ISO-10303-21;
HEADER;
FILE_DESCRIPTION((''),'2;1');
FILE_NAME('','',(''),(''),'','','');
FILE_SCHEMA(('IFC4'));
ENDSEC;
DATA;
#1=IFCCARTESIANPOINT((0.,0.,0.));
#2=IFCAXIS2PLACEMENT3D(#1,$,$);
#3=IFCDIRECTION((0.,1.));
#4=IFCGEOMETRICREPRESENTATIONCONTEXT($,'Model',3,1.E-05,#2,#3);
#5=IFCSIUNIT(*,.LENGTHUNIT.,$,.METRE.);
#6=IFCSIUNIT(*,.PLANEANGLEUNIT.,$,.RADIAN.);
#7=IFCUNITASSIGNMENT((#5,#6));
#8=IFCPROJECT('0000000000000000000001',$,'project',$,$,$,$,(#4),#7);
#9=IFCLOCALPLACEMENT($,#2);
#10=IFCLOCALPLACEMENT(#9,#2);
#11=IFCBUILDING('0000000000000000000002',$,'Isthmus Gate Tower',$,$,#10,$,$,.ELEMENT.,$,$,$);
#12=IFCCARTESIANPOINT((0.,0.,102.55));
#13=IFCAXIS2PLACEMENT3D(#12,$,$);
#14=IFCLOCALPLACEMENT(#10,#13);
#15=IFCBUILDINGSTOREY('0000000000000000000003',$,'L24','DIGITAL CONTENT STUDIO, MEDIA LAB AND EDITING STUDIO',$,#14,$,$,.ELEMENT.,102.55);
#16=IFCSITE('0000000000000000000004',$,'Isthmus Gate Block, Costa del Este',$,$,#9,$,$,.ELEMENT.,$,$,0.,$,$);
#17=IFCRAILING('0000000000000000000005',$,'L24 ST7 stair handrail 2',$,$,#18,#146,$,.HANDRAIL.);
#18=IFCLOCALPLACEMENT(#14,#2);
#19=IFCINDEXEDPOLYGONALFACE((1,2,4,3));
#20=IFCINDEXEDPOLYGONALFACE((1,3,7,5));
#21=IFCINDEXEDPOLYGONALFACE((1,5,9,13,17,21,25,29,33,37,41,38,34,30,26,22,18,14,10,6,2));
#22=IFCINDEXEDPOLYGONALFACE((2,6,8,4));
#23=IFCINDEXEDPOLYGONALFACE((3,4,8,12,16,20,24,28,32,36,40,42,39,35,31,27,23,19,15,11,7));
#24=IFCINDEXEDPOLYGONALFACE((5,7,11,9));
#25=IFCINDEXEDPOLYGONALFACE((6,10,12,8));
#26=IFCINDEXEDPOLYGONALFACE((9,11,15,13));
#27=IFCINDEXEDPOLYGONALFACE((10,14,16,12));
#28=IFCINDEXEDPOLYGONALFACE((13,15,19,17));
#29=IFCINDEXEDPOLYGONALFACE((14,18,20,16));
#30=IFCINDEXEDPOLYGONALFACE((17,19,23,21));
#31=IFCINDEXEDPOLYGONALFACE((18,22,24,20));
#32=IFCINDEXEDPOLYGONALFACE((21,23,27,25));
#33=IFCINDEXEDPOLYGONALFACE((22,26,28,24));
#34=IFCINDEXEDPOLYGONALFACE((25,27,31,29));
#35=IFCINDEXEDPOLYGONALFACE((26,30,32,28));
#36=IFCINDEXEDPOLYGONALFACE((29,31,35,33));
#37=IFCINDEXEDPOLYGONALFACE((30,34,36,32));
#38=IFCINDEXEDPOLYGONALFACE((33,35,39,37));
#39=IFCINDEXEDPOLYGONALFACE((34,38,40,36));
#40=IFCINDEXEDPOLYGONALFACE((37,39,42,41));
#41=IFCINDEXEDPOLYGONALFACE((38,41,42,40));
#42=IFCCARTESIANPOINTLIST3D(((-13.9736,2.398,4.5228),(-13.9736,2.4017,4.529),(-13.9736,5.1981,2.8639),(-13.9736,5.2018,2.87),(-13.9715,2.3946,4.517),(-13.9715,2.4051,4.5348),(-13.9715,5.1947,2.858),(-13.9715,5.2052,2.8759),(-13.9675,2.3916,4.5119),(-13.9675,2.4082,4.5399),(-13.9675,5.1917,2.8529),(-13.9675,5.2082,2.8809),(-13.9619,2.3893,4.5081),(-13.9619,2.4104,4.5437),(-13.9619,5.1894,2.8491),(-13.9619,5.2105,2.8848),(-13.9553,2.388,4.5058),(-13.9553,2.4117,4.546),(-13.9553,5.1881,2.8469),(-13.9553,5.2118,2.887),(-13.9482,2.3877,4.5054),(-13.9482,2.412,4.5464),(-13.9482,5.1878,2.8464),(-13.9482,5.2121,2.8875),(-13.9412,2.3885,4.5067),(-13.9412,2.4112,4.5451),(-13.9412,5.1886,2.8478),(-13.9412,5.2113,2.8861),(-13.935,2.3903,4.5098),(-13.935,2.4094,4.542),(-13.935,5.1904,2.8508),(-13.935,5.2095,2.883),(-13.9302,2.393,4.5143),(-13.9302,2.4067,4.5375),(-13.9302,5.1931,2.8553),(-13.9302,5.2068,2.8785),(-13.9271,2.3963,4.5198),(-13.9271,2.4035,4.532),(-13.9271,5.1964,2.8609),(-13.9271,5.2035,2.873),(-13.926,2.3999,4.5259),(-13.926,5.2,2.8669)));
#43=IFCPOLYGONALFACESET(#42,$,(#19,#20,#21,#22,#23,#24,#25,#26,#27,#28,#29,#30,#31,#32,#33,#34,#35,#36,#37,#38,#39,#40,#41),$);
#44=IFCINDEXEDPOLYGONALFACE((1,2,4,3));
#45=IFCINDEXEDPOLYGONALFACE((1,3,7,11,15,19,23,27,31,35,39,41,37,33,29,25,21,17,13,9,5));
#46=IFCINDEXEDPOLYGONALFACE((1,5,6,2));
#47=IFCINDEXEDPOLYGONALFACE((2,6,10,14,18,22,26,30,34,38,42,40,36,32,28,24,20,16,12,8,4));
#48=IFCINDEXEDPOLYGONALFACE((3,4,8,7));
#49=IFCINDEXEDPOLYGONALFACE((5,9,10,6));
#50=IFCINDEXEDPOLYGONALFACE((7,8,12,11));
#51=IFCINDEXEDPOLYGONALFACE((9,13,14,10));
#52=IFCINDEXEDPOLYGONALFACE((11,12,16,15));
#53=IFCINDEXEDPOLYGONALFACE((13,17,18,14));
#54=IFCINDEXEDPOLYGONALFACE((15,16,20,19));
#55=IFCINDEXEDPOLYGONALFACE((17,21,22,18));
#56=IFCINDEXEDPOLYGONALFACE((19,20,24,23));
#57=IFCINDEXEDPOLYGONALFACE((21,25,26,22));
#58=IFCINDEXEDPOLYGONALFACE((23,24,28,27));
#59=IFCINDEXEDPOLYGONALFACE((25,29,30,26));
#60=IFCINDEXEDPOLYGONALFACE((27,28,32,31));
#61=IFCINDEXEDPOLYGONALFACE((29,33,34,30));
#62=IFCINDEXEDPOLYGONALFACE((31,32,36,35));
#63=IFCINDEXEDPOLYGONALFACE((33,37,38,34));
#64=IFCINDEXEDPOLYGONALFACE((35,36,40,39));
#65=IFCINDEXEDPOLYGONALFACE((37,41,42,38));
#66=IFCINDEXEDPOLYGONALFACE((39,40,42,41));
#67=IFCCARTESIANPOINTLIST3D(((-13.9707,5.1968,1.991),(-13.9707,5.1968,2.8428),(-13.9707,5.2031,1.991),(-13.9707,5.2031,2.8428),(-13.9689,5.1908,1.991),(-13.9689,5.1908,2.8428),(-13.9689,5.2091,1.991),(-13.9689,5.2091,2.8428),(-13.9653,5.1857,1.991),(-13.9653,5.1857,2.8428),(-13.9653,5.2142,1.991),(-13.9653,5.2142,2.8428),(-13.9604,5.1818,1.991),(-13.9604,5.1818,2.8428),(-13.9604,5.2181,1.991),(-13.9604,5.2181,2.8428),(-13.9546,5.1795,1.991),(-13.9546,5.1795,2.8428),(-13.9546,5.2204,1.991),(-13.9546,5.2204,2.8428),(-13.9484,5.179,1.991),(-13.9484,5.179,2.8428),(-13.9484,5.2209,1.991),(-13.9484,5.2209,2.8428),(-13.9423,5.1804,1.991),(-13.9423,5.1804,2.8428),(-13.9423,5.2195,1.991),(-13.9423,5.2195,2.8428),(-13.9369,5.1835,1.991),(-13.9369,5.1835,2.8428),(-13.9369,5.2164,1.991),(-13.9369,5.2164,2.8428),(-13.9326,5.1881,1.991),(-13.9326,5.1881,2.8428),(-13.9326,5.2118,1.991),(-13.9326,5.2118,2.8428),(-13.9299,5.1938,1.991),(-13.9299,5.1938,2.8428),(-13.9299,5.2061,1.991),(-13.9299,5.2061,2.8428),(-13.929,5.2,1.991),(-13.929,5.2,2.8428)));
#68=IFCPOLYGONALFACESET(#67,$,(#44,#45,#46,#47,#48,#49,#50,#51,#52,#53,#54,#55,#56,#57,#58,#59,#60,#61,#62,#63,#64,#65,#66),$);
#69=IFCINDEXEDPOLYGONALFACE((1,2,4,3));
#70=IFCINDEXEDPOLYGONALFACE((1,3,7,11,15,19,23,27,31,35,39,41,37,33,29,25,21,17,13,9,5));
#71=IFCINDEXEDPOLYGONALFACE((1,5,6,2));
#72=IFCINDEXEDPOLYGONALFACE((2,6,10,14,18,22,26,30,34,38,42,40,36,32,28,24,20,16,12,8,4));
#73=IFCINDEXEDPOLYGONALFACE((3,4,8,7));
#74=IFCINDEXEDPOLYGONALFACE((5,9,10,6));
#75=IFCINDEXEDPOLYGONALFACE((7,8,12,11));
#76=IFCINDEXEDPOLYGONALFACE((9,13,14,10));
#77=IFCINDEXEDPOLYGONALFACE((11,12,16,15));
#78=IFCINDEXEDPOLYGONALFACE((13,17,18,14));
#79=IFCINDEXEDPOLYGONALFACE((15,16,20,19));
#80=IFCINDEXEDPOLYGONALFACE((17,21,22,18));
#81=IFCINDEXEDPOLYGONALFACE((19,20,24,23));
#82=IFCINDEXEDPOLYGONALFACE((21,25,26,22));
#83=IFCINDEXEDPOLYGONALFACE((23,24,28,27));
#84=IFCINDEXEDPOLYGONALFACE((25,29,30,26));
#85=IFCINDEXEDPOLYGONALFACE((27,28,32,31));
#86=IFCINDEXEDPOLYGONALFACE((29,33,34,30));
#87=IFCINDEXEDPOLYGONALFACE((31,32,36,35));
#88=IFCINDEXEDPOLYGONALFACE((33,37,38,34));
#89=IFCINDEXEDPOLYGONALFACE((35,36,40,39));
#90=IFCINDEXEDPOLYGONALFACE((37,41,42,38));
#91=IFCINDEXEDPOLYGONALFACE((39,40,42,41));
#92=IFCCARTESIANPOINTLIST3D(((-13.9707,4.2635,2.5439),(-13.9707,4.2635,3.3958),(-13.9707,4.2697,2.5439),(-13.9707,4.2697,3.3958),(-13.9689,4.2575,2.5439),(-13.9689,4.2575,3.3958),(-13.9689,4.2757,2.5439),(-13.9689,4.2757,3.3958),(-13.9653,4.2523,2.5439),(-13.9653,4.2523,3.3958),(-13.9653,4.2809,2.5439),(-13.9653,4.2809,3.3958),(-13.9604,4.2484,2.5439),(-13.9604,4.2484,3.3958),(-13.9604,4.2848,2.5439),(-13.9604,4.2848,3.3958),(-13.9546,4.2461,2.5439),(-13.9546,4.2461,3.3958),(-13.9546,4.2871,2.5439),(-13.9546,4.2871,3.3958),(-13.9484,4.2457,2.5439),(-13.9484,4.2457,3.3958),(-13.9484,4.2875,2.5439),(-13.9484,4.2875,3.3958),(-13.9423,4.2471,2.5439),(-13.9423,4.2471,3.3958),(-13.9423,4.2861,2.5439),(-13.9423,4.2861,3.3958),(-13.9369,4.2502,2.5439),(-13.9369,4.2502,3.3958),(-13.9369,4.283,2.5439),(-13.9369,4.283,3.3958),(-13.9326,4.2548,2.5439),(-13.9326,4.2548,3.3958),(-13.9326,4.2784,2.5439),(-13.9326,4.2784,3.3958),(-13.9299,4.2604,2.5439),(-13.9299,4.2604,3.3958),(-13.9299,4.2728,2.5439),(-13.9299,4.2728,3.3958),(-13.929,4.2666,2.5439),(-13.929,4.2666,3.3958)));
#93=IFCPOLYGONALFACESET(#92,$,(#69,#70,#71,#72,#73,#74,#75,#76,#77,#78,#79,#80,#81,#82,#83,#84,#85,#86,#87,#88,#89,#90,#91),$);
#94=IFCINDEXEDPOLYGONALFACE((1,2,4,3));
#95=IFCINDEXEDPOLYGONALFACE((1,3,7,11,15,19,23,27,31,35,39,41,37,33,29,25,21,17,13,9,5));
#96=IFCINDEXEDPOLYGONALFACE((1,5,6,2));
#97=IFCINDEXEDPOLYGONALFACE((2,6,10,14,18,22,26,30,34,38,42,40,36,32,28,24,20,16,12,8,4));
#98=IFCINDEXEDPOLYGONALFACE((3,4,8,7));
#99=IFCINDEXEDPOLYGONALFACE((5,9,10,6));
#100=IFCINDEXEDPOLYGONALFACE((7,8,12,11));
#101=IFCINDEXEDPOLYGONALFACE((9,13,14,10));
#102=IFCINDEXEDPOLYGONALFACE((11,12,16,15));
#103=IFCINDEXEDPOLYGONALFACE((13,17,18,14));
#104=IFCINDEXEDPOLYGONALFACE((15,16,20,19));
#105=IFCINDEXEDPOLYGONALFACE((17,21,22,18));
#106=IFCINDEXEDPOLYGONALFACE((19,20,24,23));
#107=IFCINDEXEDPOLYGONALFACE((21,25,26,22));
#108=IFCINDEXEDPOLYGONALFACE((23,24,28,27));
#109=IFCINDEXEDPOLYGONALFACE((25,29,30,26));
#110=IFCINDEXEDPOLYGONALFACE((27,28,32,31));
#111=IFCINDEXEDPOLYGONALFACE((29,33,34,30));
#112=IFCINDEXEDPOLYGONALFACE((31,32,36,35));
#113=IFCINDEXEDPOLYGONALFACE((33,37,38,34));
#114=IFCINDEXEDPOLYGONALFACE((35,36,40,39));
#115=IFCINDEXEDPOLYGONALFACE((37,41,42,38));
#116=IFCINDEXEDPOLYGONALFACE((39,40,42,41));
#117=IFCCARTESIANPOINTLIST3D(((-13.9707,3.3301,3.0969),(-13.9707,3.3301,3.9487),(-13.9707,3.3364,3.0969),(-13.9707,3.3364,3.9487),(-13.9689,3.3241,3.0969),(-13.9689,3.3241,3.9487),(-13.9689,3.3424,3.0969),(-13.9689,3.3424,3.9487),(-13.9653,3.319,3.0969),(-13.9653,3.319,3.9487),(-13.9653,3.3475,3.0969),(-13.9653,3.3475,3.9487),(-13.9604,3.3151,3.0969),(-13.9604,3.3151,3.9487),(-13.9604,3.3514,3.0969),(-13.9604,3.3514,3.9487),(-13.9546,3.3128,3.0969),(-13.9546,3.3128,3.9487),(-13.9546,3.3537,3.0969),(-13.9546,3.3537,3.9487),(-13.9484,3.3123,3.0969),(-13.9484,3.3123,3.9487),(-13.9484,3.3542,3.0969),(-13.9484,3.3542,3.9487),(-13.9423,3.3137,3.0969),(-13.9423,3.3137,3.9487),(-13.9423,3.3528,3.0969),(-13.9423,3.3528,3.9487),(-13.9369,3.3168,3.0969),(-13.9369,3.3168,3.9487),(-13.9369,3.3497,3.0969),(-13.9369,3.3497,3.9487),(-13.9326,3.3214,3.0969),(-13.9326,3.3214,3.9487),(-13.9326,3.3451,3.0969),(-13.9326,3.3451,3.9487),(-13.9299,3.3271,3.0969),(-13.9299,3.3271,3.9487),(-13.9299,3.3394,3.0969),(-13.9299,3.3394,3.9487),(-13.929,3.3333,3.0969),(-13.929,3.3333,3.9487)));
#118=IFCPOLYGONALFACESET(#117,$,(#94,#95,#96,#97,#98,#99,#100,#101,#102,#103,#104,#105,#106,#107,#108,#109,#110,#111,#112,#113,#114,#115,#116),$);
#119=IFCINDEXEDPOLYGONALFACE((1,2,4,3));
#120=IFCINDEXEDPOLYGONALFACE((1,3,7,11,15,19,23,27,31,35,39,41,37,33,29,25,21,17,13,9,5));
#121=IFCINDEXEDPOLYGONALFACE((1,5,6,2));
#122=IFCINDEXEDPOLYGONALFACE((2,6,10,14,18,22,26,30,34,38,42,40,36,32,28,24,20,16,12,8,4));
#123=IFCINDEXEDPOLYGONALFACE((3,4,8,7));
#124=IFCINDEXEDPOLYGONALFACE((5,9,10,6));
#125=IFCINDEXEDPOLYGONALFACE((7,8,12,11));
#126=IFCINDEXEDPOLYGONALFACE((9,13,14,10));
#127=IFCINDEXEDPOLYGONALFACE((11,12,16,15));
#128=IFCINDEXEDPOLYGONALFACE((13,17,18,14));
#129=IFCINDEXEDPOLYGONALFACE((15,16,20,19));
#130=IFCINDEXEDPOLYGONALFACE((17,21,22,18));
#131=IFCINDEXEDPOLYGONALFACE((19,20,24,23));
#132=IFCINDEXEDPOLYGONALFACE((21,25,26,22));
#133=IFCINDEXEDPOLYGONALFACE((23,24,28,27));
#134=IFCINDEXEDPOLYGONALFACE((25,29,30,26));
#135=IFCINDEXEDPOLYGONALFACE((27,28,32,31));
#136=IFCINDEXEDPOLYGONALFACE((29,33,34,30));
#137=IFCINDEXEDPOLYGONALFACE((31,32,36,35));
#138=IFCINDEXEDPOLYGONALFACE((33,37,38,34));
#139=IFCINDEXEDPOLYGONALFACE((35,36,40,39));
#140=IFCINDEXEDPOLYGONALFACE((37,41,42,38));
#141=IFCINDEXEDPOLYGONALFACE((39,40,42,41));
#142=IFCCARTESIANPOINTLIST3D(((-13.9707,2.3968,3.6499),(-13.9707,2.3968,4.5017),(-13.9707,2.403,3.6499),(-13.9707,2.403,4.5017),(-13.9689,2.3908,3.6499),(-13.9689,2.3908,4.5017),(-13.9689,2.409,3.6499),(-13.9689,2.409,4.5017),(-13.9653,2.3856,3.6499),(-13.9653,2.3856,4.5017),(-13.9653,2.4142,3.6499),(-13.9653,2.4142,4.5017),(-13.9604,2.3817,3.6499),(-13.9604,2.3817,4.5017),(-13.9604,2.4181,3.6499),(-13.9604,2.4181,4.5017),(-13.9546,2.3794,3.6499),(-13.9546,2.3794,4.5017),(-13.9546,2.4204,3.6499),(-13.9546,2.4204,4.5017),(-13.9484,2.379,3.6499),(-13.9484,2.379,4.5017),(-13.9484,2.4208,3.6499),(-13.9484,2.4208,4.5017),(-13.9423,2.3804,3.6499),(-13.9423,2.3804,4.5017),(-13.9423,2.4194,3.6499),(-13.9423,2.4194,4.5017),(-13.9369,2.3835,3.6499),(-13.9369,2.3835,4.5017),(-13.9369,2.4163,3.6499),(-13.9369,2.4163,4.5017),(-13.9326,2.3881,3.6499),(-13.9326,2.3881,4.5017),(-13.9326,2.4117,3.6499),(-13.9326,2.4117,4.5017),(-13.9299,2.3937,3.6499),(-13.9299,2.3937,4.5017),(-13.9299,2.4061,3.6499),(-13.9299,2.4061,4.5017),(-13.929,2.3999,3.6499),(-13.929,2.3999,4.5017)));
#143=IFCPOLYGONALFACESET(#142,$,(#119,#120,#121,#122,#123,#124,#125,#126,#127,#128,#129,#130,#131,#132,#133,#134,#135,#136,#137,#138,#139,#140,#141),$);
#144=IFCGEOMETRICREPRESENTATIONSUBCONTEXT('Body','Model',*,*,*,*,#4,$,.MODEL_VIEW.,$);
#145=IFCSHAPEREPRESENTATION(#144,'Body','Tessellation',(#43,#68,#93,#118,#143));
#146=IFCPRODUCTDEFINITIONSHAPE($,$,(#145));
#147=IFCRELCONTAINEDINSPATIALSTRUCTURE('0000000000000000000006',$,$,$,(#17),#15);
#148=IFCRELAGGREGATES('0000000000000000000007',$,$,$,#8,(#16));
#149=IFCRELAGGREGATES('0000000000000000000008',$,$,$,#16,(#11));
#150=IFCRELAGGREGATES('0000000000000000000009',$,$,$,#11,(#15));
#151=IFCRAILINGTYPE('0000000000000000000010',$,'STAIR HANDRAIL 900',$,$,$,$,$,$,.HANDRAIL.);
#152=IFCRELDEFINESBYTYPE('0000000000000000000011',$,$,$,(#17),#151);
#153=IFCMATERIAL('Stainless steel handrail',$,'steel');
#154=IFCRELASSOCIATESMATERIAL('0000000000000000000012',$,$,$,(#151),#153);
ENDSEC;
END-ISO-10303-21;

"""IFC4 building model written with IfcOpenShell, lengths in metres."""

from ifc_helpers import new_model, si_unit, direction, frame, origin, origin_2d, place, context, subcontext, project, spatial, circle, extrude, material, type_object, element, save


model = new_model("IFC4")

# Units and contexts
model_context = context("Model", 3, precision=1e-05, world=origin(), true_north=direction((0.0, 1.0)))
body_context = subcontext(model_context, "Body", "Model", "MODEL_VIEW")
ifc_project = project(units=[si_unit("LENGTHUNIT", "METRE"), si_unit("PLANEANGLEUNIT", "RADIAN")], contexts=[model_context])

# Site, building, storey
site_placement = place(None, origin())
site = spatial("IfcSite", under=ifc_project, at=site_placement, Name="Isthmus Gate Block, Costa del Este", CompositionType="ELEMENT", RefElevation=0.0)
building_placement = place(site_placement, origin())
building = spatial("IfcBuilding", under=site, at=building_placement, Name="Isthmus Gate Tower", CompositionType="ELEMENT")
storey_placement = place(building_placement, frame((0.0, 0.0, 102.55)))
storey = spatial("IfcBuildingStorey", under=building, at=storey_placement, Name="L24", Description="DIGITAL CONTENT STUDIO, MEDIA LAB AND EDITING STUDIO", CompositionType="ELEMENT", Elevation=102.55)

# Railing
ifc_material_1 = material(Name="Stainless steel handrail", Category="steel")
railing_type_1 = type_object("IfcRailingType", Name="STAIR HANDRAIL 900", PredefinedType="HANDRAIL", material=ifc_material_1)
railing_1_placement = place(storey_placement, frame((-13.95, 5.2, 1.991)))
element("IfcRailing", 1, at=railing_1_placement, inside=storey, type_object=railing_type_1, Name="L24 ST7 stair handrail 2", PredefinedType="HANDRAIL", context=body_context, shape_type="SweptSolid", body=[
    extrude(circle(Radius=0.0239, at=origin_2d()), frame((0.0, 0.0, 0.876), z_axis=(0.0, -0.860339, 0.509722), x_axis=(1.0, 0.0, 0.0)), (0.0, 0.0, 1.0), 3.2546),
    extrude(circle(Radius=0.021, at=origin_2d()), origin(), (0.0, 0.0, 1.0), 0.8518),
    extrude(circle(Radius=0.021, at=origin_2d()), frame((0.0, -0.9333, 0.553)), (0.0, 0.0, 1.0), 0.8518),
    extrude(circle(Radius=0.021, at=origin_2d()), frame((0.0, -1.8667, 1.106)), (0.0, 0.0, 1.0), 0.8518),
    extrude(circle(Radius=0.021, at=origin_2d()), frame((0.0, -2.8, 1.6589)), (0.0, 0.0, 1.0), 0.8518),
])

save(model, "model.ifc")
